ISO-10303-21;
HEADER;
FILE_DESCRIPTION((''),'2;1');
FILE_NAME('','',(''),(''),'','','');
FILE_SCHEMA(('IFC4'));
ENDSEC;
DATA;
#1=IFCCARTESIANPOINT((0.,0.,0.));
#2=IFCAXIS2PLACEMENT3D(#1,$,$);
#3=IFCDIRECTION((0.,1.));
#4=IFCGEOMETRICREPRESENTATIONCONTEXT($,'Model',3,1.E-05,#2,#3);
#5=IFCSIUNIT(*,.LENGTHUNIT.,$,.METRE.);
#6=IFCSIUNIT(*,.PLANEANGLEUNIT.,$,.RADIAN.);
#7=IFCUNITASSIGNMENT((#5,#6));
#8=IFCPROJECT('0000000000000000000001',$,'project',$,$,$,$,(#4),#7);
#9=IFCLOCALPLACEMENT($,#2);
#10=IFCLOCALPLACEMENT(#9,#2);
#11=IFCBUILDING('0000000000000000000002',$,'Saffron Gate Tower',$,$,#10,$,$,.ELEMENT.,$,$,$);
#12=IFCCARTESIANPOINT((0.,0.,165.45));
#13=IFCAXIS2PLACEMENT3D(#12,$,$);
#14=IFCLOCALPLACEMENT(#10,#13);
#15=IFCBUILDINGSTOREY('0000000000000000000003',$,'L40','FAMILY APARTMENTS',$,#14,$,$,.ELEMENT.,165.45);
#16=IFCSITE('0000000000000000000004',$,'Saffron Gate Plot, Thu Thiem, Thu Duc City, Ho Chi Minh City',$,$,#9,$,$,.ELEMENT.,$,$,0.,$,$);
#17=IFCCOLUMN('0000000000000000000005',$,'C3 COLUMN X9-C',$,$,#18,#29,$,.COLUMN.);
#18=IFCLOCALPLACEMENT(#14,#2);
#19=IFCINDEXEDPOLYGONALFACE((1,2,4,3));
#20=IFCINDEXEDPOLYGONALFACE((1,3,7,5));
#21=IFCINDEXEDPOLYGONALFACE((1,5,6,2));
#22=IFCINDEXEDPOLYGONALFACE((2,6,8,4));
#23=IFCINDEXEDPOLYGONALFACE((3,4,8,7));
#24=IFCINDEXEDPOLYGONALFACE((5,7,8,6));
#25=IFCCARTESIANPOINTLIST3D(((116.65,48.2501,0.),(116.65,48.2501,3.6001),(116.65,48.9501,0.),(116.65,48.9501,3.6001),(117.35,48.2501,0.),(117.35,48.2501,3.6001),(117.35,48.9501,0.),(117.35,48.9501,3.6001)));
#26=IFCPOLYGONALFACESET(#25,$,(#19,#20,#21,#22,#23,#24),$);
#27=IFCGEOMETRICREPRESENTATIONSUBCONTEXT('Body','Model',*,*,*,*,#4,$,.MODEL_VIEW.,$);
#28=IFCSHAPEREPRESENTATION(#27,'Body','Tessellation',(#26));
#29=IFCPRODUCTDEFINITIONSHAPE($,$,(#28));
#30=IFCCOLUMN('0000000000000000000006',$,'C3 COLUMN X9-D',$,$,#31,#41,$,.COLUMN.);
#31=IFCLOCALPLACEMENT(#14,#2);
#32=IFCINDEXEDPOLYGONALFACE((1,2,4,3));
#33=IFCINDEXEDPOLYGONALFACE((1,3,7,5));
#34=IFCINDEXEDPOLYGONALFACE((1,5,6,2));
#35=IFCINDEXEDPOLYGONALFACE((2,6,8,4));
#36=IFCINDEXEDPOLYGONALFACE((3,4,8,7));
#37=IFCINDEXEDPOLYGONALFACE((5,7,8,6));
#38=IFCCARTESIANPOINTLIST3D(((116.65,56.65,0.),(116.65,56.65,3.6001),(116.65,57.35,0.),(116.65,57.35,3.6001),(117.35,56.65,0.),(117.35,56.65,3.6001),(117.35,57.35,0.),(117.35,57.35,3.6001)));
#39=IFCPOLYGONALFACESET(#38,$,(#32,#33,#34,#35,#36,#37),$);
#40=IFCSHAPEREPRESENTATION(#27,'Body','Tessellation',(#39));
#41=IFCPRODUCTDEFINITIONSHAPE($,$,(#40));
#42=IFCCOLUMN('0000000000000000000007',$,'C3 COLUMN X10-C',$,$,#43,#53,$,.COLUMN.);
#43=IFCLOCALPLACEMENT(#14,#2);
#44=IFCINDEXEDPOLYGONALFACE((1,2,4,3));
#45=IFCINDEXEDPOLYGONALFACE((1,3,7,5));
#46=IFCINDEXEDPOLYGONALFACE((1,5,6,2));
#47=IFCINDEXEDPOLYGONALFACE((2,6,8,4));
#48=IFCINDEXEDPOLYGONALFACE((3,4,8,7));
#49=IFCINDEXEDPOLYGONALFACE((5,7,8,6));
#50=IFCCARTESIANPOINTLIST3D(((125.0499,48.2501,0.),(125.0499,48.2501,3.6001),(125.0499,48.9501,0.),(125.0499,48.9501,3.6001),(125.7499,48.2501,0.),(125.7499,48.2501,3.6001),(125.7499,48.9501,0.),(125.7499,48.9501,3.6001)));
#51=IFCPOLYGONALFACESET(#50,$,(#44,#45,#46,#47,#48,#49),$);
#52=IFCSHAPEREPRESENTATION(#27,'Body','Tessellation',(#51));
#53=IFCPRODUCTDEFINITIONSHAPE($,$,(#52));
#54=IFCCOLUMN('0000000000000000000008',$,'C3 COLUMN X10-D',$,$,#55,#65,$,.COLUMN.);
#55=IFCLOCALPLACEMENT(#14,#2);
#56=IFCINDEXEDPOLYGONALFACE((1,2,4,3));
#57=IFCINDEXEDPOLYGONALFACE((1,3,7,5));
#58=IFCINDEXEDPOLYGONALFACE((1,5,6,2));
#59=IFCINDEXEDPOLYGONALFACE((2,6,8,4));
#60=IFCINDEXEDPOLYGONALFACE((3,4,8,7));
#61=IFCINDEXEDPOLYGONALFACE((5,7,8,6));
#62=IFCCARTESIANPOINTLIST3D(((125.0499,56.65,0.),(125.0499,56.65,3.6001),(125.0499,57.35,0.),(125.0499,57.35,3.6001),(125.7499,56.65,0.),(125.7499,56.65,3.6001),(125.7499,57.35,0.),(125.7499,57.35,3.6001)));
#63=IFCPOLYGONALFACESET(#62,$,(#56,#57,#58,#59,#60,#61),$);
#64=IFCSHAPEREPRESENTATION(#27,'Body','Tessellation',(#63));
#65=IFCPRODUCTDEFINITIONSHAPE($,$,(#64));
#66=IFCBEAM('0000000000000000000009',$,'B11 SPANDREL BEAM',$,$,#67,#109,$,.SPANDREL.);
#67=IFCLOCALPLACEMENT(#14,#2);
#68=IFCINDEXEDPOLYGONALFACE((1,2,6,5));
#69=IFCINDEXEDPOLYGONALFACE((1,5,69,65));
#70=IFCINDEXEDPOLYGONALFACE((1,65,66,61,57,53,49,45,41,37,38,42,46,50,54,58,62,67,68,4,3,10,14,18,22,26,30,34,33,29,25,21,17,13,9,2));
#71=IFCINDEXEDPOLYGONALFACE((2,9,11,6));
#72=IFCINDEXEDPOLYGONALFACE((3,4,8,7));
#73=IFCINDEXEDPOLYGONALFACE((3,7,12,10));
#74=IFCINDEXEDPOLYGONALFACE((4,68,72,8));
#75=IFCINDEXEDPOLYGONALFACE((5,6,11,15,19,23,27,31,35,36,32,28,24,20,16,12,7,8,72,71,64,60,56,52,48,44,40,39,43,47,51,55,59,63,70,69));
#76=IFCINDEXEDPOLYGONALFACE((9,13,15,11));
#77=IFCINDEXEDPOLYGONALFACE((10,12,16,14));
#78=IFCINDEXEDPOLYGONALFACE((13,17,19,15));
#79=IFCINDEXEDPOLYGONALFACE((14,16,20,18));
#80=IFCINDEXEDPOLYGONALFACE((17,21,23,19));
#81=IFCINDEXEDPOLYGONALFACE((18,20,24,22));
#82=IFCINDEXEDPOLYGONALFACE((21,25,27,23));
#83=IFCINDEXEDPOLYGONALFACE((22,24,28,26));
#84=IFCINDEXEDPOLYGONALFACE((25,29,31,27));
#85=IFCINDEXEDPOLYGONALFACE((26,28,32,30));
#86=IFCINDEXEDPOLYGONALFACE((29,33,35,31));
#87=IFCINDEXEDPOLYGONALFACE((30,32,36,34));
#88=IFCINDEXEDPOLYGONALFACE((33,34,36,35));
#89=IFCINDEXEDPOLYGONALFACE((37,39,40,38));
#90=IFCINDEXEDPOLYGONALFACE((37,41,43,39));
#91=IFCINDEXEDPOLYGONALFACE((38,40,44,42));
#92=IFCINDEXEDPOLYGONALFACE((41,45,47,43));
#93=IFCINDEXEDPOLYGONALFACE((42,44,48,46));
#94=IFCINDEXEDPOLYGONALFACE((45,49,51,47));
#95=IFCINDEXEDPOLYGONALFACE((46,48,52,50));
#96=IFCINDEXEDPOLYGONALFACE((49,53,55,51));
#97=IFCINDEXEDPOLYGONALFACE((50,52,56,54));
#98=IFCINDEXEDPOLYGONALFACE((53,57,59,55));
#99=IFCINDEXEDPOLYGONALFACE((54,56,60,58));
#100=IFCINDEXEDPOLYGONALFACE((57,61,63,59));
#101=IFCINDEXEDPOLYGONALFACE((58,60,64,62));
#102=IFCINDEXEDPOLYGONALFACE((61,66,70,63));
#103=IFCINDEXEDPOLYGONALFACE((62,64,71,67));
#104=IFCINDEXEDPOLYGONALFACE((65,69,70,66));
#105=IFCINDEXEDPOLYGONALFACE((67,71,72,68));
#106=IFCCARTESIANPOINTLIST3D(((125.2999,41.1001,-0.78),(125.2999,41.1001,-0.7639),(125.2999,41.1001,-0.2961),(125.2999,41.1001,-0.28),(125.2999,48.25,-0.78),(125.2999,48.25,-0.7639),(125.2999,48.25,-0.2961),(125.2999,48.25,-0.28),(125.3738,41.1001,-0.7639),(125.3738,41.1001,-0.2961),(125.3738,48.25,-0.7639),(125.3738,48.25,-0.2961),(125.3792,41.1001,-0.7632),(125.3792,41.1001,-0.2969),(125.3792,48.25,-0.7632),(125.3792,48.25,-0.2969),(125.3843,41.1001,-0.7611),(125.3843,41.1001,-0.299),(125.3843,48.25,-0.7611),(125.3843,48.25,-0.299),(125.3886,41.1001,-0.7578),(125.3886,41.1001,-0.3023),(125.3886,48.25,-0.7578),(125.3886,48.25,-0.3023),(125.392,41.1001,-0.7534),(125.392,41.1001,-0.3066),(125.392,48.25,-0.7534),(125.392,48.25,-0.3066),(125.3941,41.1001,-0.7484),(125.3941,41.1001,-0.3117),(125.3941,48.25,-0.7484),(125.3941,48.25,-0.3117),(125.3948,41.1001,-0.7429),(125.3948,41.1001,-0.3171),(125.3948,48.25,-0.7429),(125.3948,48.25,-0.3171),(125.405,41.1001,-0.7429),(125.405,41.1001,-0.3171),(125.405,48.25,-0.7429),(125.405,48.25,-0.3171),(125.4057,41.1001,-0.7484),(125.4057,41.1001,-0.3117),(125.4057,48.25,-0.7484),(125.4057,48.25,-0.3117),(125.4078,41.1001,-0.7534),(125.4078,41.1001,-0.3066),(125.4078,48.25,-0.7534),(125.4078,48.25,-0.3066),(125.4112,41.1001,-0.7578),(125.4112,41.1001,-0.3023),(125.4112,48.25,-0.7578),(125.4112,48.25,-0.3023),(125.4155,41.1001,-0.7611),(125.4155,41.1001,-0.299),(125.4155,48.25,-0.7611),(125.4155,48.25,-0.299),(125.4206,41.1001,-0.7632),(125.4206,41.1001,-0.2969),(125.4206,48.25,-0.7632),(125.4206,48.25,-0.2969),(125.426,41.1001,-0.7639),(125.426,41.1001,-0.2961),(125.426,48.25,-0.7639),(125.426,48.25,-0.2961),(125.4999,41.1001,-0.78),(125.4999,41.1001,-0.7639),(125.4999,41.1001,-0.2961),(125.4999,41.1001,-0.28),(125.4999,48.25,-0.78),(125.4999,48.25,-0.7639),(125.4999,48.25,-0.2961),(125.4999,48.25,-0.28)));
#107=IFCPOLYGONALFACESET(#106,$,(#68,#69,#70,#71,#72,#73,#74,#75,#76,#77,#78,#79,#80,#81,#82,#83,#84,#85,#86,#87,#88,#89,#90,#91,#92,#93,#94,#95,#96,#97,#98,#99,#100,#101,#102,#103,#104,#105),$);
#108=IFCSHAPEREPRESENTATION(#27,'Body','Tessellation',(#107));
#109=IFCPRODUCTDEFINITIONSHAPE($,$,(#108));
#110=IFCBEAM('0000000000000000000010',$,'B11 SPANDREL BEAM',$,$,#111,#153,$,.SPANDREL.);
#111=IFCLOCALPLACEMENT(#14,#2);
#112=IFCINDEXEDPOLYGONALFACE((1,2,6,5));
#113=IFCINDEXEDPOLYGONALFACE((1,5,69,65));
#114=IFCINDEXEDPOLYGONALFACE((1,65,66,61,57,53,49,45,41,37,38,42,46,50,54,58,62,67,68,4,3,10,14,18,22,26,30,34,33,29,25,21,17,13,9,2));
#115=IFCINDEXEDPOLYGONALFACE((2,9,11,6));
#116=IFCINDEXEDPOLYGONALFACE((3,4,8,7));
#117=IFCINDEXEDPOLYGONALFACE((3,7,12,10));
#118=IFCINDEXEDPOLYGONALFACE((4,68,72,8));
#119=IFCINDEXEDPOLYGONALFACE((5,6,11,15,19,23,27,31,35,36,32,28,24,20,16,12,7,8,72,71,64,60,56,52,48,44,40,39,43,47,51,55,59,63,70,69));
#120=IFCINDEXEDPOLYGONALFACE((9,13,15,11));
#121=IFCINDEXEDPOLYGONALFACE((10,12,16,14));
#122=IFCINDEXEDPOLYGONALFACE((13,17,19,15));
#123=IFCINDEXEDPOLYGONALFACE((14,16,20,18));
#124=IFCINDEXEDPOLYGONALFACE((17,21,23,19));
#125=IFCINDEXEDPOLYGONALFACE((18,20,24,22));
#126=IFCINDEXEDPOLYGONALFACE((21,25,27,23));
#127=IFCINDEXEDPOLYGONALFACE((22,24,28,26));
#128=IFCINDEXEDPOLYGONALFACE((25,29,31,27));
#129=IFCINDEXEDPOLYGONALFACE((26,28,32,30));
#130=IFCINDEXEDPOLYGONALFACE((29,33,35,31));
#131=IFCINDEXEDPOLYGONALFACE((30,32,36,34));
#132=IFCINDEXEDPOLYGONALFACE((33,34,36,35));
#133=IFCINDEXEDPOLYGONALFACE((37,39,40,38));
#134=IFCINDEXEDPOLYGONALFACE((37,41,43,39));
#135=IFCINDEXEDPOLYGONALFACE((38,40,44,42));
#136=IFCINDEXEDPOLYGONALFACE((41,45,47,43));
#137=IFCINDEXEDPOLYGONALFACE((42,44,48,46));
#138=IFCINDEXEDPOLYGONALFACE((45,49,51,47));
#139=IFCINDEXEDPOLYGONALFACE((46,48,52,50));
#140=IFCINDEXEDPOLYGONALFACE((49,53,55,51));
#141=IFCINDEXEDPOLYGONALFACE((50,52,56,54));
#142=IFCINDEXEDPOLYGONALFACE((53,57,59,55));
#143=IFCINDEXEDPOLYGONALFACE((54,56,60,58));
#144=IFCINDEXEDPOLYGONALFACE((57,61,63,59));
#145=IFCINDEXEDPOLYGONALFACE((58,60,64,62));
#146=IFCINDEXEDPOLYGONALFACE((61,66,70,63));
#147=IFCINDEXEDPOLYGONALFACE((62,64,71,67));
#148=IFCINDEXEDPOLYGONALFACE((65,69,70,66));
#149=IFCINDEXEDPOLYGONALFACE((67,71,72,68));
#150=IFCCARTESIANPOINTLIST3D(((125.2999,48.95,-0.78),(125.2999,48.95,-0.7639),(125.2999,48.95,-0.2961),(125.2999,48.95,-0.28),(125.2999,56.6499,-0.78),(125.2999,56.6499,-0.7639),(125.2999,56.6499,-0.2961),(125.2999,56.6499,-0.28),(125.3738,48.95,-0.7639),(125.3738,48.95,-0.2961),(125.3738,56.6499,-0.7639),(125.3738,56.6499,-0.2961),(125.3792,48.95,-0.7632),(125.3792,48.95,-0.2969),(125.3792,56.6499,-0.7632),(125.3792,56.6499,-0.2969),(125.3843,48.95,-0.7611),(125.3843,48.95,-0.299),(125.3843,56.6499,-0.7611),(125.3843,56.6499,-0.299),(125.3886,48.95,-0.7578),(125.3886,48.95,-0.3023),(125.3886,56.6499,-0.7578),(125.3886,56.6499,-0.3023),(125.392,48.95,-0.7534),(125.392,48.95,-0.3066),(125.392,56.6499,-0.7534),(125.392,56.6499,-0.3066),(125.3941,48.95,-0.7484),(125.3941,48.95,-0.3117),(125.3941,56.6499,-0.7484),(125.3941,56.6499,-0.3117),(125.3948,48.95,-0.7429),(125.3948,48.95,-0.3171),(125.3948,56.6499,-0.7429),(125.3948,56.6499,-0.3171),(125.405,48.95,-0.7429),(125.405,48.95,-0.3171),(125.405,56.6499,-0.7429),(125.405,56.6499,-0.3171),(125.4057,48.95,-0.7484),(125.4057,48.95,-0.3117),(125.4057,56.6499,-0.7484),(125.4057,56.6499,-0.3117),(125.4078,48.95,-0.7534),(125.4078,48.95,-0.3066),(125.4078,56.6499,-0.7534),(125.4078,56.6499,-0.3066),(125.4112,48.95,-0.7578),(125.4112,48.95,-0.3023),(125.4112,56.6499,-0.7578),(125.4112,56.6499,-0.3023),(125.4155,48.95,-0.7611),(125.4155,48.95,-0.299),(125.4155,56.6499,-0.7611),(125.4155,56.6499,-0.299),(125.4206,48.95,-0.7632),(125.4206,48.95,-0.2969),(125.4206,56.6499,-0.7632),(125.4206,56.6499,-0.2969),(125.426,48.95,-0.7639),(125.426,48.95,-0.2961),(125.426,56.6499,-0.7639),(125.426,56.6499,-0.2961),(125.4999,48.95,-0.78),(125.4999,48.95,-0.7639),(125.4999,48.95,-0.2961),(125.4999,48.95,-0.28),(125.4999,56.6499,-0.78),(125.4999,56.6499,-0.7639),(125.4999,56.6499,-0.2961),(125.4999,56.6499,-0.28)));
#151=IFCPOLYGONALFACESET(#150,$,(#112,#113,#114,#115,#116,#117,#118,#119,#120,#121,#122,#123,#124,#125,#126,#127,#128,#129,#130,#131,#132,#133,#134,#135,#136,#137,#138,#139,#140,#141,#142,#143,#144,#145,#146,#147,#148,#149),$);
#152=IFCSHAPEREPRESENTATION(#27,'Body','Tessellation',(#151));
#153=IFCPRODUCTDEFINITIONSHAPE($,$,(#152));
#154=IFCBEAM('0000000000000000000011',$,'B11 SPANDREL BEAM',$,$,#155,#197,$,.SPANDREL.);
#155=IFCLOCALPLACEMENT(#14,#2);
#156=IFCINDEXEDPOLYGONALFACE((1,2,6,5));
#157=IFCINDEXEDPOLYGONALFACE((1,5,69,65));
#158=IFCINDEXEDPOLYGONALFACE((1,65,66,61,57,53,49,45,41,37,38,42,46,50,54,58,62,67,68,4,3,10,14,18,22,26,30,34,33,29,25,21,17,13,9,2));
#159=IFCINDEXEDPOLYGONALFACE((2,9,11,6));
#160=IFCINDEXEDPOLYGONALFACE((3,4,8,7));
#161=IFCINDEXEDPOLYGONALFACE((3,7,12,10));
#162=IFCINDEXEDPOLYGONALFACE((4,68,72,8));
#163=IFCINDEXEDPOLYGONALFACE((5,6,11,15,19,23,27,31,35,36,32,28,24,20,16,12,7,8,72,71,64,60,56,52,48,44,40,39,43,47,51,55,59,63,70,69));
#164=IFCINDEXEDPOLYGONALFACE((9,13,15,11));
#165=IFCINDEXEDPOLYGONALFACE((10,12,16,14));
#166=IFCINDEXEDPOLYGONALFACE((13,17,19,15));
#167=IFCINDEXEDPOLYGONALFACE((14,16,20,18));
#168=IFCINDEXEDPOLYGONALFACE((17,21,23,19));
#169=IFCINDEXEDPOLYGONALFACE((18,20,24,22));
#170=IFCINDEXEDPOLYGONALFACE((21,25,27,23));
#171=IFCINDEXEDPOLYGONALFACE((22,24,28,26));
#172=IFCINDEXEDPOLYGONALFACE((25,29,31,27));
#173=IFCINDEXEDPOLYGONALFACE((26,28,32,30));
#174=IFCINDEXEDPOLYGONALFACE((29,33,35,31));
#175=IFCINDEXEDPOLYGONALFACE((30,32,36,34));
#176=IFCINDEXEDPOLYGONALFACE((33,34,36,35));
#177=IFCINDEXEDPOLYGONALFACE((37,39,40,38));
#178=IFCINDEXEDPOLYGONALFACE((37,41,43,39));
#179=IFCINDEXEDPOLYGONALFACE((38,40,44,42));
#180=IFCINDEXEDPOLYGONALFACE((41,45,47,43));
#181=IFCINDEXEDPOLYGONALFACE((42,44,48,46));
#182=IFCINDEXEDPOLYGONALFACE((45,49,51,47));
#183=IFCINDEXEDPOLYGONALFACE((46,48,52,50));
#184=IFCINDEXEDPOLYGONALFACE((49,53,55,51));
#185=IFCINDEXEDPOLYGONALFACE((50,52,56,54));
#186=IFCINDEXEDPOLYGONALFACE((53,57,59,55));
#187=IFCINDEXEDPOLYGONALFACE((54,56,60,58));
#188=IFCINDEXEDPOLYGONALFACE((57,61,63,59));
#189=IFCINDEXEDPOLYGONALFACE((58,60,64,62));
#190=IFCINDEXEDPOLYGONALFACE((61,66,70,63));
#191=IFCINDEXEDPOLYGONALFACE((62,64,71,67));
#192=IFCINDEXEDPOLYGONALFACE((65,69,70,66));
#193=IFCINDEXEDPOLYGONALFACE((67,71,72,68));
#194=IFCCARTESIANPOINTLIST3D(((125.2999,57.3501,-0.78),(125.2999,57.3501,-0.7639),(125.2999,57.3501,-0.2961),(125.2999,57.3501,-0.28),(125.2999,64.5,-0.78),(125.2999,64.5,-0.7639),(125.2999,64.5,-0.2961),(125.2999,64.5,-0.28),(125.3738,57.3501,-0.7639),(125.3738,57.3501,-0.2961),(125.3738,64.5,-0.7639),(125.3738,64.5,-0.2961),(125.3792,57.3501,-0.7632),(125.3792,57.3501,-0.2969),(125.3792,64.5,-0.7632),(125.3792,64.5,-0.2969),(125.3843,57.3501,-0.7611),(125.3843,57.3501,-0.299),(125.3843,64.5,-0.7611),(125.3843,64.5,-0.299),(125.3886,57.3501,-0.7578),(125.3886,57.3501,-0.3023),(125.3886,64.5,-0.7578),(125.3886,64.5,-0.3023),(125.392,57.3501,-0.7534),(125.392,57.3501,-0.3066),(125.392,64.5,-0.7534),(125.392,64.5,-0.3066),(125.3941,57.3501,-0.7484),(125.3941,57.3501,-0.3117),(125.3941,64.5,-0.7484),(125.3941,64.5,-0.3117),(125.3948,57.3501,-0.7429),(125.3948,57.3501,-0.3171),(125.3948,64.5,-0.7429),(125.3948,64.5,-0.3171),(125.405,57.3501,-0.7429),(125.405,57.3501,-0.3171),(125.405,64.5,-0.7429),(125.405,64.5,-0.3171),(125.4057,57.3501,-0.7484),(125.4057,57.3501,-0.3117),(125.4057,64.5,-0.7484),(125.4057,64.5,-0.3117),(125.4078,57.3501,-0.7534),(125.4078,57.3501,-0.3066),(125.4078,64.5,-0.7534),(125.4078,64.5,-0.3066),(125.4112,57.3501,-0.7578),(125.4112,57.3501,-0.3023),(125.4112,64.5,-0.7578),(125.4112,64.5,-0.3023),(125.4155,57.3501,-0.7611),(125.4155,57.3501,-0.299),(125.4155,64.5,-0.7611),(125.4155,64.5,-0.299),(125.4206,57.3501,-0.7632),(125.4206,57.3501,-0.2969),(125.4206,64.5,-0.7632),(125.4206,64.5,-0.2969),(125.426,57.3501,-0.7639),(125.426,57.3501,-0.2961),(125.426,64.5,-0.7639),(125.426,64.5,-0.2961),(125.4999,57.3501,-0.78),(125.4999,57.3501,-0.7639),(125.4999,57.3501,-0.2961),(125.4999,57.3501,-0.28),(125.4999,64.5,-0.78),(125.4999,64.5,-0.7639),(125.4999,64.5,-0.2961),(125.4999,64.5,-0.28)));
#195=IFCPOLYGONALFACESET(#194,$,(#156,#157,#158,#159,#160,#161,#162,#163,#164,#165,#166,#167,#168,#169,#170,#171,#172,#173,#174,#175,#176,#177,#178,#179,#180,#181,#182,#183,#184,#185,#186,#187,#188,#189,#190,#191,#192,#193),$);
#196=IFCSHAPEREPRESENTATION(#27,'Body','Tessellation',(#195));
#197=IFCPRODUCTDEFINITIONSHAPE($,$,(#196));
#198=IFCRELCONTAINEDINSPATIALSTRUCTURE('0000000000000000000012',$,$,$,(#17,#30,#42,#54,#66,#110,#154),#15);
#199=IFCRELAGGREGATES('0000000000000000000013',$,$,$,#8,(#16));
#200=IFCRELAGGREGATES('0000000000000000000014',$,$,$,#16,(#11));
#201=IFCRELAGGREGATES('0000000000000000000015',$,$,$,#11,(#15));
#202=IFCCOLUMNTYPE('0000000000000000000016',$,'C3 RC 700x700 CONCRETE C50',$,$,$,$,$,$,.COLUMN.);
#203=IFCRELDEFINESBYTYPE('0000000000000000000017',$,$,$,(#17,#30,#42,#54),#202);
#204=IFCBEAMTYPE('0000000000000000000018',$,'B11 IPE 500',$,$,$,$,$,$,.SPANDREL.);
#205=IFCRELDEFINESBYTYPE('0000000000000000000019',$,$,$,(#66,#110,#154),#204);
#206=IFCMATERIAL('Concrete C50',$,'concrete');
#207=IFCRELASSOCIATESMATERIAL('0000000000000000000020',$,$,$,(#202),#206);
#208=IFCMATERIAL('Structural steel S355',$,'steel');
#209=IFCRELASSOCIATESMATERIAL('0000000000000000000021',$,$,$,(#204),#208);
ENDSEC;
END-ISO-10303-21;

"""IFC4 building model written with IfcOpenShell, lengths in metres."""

from ifc_helpers import new_model, si_unit, direction, frame, origin, origin_2d, place, context, subcontext, project, spatial, rectangle, i_section, extrude, material, material_profile, profile_set, type_object, element, save


model = new_model("IFC4")

# Units and contexts
model_context = context("Model", 3, precision=1e-05, world=origin(), true_north=direction((0.0, 1.0)))
body_context = subcontext(model_context, "Body", "Model", "MODEL_VIEW")
ifc_project = project(units=[si_unit("LENGTHUNIT", "METRE"), si_unit("PLANEANGLEUNIT", "RADIAN")], contexts=[model_context])

# Site, building, storey
site_placement = place(None, origin())
site = spatial("IfcSite", under=ifc_project, at=site_placement, Name="Saffron Gate Plot, Thu Thiem, Thu Duc City, Ho Chi Minh City", CompositionType="ELEMENT", RefElevation=0.0)
building_placement = place(site_placement, origin())
building = spatial("IfcBuilding", under=site, at=building_placement, Name="Saffron Gate Tower", CompositionType="ELEMENT")
storey_placement = place(building_placement, frame((0.0, 0.0, 165.45)))
storey = spatial("IfcBuildingStorey", under=building, at=storey_placement, Name="L40", Description="FAMILY APARTMENTS", CompositionType="ELEMENT", Elevation=165.45)

# Columns
ifc_material_1 = material(Name="Concrete C50", Category="concrete")
ifc_material_profile_1 = material_profile(ifc_material_1, rectangle(XDim=0.7, YDim=0.7, at=origin_2d()))
ifc_profile_set_1 = profile_set([ifc_material_profile_1], Name="Concrete C50")
column_type = type_object("IfcColumnType", Name="C3 RC 700x700 CONCRETE C50", PredefinedType="COLUMN", material=ifc_profile_set_1)
for number, where, z_axis, x_axis, name in (
    (1, (117.0, 48.6001, 0.0), (0.0, 0.0, 1.0), (1.0, 0.0, 0.0), "C3 COLUMN X9-C"),
    (2, (117.0, 57.0, 0.0), (0.0, 0.0, 1.0), (1.0, 0.0, 0.0), "C3 COLUMN X9-D"),
    (3, (125.3999, 48.6001, 0.0), (0.0, 0.0, 1.0), (1.0, 0.0, 0.0), "C3 COLUMN X10-C"),
    (4, (125.3999, 57.0, 0.0), (0.0, 0.0, 1.0), (1.0, 0.0, 0.0), "C3 COLUMN X10-D"),
):
    element("IfcColumn", number, at=place(storey_placement, frame(where, z_axis=z_axis, x_axis=x_axis)), inside=storey, type_object=column_type, Name=name, PredefinedType="COLUMN", context=body_context, shape_type="SweptSolid", body=[
        extrude(rectangle(XDim=0.7, YDim=0.7, at=origin_2d()), origin(), (0.0, 0.0, 1.0), 3.6001),
    ])

# Beams
ifc_material_2 = material(Name="Structural steel S355", Category="steel")
ifc_material_profile_2 = material_profile(ifc_material_2, i_section(OverallWidth=0.2, OverallDepth=0.5, WebThickness=0.0103, FlangeThickness=0.0161, FilletRadius=0.021, at=origin_2d()))
ifc_profile_set_2 = profile_set([ifc_material_profile_2], Name="Structural steel S355")
beam_type = type_object("IfcBeamType", Name="B11 IPE 500", PredefinedType="SPANDREL", material=ifc_profile_set_2)
beam_1_placement = place(storey_placement, frame((125.3999, 41.1001, -0.53), z_axis=(0.0, 1.0, 0.0), x_axis=(-1.0, 0.0, 0.0)))
element("IfcBeam", 5, at=beam_1_placement, inside=storey, type_object=beam_type, Name="B11 SPANDREL BEAM", PredefinedType="SPANDREL", context=body_context, shape_type="SweptSolid", body=[
    extrude(i_section(OverallWidth=0.2, OverallDepth=0.5, WebThickness=0.0103, FlangeThickness=0.0161, FilletRadius=0.021, at=origin_2d()), origin(), (0.0, 0.0, 1.0), 7.1499),
])
beam_2_placement = place(storey_placement, frame((125.3999, 48.95, -0.53), z_axis=(0.0, 1.0, 0.0), x_axis=(-1.0, 0.0, 0.0)))
element("IfcBeam", 6, at=beam_2_placement, inside=storey, type_object=beam_type, Name="B11 SPANDREL BEAM", PredefinedType="SPANDREL", context=body_context, shape_type="SweptSolid", body=[
    extrude(i_section(OverallWidth=0.2, OverallDepth=0.5, WebThickness=0.0103, FlangeThickness=0.0161, FilletRadius=0.021, at=origin_2d()), origin(), (0.0, 0.0, 1.0), 7.7),
])
beam_3_placement = place(storey_placement, frame((125.3999, 57.3501, -0.53), z_axis=(0.0, 1.0, 0.0), x_axis=(-1.0, 0.0, 0.0)))
element("IfcBeam", 7, at=beam_3_placement, inside=storey, type_object=beam_type, Name="B11 SPANDREL BEAM", PredefinedType="SPANDREL", context=body_context, shape_type="SweptSolid", body=[
    extrude(i_section(OverallWidth=0.2, OverallDepth=0.5, WebThickness=0.0103, FlangeThickness=0.0161, FilletRadius=0.021, at=origin_2d()), origin(), (0.0, 0.0, 1.0), 7.1499),
])

save(model, "model.ifc")
